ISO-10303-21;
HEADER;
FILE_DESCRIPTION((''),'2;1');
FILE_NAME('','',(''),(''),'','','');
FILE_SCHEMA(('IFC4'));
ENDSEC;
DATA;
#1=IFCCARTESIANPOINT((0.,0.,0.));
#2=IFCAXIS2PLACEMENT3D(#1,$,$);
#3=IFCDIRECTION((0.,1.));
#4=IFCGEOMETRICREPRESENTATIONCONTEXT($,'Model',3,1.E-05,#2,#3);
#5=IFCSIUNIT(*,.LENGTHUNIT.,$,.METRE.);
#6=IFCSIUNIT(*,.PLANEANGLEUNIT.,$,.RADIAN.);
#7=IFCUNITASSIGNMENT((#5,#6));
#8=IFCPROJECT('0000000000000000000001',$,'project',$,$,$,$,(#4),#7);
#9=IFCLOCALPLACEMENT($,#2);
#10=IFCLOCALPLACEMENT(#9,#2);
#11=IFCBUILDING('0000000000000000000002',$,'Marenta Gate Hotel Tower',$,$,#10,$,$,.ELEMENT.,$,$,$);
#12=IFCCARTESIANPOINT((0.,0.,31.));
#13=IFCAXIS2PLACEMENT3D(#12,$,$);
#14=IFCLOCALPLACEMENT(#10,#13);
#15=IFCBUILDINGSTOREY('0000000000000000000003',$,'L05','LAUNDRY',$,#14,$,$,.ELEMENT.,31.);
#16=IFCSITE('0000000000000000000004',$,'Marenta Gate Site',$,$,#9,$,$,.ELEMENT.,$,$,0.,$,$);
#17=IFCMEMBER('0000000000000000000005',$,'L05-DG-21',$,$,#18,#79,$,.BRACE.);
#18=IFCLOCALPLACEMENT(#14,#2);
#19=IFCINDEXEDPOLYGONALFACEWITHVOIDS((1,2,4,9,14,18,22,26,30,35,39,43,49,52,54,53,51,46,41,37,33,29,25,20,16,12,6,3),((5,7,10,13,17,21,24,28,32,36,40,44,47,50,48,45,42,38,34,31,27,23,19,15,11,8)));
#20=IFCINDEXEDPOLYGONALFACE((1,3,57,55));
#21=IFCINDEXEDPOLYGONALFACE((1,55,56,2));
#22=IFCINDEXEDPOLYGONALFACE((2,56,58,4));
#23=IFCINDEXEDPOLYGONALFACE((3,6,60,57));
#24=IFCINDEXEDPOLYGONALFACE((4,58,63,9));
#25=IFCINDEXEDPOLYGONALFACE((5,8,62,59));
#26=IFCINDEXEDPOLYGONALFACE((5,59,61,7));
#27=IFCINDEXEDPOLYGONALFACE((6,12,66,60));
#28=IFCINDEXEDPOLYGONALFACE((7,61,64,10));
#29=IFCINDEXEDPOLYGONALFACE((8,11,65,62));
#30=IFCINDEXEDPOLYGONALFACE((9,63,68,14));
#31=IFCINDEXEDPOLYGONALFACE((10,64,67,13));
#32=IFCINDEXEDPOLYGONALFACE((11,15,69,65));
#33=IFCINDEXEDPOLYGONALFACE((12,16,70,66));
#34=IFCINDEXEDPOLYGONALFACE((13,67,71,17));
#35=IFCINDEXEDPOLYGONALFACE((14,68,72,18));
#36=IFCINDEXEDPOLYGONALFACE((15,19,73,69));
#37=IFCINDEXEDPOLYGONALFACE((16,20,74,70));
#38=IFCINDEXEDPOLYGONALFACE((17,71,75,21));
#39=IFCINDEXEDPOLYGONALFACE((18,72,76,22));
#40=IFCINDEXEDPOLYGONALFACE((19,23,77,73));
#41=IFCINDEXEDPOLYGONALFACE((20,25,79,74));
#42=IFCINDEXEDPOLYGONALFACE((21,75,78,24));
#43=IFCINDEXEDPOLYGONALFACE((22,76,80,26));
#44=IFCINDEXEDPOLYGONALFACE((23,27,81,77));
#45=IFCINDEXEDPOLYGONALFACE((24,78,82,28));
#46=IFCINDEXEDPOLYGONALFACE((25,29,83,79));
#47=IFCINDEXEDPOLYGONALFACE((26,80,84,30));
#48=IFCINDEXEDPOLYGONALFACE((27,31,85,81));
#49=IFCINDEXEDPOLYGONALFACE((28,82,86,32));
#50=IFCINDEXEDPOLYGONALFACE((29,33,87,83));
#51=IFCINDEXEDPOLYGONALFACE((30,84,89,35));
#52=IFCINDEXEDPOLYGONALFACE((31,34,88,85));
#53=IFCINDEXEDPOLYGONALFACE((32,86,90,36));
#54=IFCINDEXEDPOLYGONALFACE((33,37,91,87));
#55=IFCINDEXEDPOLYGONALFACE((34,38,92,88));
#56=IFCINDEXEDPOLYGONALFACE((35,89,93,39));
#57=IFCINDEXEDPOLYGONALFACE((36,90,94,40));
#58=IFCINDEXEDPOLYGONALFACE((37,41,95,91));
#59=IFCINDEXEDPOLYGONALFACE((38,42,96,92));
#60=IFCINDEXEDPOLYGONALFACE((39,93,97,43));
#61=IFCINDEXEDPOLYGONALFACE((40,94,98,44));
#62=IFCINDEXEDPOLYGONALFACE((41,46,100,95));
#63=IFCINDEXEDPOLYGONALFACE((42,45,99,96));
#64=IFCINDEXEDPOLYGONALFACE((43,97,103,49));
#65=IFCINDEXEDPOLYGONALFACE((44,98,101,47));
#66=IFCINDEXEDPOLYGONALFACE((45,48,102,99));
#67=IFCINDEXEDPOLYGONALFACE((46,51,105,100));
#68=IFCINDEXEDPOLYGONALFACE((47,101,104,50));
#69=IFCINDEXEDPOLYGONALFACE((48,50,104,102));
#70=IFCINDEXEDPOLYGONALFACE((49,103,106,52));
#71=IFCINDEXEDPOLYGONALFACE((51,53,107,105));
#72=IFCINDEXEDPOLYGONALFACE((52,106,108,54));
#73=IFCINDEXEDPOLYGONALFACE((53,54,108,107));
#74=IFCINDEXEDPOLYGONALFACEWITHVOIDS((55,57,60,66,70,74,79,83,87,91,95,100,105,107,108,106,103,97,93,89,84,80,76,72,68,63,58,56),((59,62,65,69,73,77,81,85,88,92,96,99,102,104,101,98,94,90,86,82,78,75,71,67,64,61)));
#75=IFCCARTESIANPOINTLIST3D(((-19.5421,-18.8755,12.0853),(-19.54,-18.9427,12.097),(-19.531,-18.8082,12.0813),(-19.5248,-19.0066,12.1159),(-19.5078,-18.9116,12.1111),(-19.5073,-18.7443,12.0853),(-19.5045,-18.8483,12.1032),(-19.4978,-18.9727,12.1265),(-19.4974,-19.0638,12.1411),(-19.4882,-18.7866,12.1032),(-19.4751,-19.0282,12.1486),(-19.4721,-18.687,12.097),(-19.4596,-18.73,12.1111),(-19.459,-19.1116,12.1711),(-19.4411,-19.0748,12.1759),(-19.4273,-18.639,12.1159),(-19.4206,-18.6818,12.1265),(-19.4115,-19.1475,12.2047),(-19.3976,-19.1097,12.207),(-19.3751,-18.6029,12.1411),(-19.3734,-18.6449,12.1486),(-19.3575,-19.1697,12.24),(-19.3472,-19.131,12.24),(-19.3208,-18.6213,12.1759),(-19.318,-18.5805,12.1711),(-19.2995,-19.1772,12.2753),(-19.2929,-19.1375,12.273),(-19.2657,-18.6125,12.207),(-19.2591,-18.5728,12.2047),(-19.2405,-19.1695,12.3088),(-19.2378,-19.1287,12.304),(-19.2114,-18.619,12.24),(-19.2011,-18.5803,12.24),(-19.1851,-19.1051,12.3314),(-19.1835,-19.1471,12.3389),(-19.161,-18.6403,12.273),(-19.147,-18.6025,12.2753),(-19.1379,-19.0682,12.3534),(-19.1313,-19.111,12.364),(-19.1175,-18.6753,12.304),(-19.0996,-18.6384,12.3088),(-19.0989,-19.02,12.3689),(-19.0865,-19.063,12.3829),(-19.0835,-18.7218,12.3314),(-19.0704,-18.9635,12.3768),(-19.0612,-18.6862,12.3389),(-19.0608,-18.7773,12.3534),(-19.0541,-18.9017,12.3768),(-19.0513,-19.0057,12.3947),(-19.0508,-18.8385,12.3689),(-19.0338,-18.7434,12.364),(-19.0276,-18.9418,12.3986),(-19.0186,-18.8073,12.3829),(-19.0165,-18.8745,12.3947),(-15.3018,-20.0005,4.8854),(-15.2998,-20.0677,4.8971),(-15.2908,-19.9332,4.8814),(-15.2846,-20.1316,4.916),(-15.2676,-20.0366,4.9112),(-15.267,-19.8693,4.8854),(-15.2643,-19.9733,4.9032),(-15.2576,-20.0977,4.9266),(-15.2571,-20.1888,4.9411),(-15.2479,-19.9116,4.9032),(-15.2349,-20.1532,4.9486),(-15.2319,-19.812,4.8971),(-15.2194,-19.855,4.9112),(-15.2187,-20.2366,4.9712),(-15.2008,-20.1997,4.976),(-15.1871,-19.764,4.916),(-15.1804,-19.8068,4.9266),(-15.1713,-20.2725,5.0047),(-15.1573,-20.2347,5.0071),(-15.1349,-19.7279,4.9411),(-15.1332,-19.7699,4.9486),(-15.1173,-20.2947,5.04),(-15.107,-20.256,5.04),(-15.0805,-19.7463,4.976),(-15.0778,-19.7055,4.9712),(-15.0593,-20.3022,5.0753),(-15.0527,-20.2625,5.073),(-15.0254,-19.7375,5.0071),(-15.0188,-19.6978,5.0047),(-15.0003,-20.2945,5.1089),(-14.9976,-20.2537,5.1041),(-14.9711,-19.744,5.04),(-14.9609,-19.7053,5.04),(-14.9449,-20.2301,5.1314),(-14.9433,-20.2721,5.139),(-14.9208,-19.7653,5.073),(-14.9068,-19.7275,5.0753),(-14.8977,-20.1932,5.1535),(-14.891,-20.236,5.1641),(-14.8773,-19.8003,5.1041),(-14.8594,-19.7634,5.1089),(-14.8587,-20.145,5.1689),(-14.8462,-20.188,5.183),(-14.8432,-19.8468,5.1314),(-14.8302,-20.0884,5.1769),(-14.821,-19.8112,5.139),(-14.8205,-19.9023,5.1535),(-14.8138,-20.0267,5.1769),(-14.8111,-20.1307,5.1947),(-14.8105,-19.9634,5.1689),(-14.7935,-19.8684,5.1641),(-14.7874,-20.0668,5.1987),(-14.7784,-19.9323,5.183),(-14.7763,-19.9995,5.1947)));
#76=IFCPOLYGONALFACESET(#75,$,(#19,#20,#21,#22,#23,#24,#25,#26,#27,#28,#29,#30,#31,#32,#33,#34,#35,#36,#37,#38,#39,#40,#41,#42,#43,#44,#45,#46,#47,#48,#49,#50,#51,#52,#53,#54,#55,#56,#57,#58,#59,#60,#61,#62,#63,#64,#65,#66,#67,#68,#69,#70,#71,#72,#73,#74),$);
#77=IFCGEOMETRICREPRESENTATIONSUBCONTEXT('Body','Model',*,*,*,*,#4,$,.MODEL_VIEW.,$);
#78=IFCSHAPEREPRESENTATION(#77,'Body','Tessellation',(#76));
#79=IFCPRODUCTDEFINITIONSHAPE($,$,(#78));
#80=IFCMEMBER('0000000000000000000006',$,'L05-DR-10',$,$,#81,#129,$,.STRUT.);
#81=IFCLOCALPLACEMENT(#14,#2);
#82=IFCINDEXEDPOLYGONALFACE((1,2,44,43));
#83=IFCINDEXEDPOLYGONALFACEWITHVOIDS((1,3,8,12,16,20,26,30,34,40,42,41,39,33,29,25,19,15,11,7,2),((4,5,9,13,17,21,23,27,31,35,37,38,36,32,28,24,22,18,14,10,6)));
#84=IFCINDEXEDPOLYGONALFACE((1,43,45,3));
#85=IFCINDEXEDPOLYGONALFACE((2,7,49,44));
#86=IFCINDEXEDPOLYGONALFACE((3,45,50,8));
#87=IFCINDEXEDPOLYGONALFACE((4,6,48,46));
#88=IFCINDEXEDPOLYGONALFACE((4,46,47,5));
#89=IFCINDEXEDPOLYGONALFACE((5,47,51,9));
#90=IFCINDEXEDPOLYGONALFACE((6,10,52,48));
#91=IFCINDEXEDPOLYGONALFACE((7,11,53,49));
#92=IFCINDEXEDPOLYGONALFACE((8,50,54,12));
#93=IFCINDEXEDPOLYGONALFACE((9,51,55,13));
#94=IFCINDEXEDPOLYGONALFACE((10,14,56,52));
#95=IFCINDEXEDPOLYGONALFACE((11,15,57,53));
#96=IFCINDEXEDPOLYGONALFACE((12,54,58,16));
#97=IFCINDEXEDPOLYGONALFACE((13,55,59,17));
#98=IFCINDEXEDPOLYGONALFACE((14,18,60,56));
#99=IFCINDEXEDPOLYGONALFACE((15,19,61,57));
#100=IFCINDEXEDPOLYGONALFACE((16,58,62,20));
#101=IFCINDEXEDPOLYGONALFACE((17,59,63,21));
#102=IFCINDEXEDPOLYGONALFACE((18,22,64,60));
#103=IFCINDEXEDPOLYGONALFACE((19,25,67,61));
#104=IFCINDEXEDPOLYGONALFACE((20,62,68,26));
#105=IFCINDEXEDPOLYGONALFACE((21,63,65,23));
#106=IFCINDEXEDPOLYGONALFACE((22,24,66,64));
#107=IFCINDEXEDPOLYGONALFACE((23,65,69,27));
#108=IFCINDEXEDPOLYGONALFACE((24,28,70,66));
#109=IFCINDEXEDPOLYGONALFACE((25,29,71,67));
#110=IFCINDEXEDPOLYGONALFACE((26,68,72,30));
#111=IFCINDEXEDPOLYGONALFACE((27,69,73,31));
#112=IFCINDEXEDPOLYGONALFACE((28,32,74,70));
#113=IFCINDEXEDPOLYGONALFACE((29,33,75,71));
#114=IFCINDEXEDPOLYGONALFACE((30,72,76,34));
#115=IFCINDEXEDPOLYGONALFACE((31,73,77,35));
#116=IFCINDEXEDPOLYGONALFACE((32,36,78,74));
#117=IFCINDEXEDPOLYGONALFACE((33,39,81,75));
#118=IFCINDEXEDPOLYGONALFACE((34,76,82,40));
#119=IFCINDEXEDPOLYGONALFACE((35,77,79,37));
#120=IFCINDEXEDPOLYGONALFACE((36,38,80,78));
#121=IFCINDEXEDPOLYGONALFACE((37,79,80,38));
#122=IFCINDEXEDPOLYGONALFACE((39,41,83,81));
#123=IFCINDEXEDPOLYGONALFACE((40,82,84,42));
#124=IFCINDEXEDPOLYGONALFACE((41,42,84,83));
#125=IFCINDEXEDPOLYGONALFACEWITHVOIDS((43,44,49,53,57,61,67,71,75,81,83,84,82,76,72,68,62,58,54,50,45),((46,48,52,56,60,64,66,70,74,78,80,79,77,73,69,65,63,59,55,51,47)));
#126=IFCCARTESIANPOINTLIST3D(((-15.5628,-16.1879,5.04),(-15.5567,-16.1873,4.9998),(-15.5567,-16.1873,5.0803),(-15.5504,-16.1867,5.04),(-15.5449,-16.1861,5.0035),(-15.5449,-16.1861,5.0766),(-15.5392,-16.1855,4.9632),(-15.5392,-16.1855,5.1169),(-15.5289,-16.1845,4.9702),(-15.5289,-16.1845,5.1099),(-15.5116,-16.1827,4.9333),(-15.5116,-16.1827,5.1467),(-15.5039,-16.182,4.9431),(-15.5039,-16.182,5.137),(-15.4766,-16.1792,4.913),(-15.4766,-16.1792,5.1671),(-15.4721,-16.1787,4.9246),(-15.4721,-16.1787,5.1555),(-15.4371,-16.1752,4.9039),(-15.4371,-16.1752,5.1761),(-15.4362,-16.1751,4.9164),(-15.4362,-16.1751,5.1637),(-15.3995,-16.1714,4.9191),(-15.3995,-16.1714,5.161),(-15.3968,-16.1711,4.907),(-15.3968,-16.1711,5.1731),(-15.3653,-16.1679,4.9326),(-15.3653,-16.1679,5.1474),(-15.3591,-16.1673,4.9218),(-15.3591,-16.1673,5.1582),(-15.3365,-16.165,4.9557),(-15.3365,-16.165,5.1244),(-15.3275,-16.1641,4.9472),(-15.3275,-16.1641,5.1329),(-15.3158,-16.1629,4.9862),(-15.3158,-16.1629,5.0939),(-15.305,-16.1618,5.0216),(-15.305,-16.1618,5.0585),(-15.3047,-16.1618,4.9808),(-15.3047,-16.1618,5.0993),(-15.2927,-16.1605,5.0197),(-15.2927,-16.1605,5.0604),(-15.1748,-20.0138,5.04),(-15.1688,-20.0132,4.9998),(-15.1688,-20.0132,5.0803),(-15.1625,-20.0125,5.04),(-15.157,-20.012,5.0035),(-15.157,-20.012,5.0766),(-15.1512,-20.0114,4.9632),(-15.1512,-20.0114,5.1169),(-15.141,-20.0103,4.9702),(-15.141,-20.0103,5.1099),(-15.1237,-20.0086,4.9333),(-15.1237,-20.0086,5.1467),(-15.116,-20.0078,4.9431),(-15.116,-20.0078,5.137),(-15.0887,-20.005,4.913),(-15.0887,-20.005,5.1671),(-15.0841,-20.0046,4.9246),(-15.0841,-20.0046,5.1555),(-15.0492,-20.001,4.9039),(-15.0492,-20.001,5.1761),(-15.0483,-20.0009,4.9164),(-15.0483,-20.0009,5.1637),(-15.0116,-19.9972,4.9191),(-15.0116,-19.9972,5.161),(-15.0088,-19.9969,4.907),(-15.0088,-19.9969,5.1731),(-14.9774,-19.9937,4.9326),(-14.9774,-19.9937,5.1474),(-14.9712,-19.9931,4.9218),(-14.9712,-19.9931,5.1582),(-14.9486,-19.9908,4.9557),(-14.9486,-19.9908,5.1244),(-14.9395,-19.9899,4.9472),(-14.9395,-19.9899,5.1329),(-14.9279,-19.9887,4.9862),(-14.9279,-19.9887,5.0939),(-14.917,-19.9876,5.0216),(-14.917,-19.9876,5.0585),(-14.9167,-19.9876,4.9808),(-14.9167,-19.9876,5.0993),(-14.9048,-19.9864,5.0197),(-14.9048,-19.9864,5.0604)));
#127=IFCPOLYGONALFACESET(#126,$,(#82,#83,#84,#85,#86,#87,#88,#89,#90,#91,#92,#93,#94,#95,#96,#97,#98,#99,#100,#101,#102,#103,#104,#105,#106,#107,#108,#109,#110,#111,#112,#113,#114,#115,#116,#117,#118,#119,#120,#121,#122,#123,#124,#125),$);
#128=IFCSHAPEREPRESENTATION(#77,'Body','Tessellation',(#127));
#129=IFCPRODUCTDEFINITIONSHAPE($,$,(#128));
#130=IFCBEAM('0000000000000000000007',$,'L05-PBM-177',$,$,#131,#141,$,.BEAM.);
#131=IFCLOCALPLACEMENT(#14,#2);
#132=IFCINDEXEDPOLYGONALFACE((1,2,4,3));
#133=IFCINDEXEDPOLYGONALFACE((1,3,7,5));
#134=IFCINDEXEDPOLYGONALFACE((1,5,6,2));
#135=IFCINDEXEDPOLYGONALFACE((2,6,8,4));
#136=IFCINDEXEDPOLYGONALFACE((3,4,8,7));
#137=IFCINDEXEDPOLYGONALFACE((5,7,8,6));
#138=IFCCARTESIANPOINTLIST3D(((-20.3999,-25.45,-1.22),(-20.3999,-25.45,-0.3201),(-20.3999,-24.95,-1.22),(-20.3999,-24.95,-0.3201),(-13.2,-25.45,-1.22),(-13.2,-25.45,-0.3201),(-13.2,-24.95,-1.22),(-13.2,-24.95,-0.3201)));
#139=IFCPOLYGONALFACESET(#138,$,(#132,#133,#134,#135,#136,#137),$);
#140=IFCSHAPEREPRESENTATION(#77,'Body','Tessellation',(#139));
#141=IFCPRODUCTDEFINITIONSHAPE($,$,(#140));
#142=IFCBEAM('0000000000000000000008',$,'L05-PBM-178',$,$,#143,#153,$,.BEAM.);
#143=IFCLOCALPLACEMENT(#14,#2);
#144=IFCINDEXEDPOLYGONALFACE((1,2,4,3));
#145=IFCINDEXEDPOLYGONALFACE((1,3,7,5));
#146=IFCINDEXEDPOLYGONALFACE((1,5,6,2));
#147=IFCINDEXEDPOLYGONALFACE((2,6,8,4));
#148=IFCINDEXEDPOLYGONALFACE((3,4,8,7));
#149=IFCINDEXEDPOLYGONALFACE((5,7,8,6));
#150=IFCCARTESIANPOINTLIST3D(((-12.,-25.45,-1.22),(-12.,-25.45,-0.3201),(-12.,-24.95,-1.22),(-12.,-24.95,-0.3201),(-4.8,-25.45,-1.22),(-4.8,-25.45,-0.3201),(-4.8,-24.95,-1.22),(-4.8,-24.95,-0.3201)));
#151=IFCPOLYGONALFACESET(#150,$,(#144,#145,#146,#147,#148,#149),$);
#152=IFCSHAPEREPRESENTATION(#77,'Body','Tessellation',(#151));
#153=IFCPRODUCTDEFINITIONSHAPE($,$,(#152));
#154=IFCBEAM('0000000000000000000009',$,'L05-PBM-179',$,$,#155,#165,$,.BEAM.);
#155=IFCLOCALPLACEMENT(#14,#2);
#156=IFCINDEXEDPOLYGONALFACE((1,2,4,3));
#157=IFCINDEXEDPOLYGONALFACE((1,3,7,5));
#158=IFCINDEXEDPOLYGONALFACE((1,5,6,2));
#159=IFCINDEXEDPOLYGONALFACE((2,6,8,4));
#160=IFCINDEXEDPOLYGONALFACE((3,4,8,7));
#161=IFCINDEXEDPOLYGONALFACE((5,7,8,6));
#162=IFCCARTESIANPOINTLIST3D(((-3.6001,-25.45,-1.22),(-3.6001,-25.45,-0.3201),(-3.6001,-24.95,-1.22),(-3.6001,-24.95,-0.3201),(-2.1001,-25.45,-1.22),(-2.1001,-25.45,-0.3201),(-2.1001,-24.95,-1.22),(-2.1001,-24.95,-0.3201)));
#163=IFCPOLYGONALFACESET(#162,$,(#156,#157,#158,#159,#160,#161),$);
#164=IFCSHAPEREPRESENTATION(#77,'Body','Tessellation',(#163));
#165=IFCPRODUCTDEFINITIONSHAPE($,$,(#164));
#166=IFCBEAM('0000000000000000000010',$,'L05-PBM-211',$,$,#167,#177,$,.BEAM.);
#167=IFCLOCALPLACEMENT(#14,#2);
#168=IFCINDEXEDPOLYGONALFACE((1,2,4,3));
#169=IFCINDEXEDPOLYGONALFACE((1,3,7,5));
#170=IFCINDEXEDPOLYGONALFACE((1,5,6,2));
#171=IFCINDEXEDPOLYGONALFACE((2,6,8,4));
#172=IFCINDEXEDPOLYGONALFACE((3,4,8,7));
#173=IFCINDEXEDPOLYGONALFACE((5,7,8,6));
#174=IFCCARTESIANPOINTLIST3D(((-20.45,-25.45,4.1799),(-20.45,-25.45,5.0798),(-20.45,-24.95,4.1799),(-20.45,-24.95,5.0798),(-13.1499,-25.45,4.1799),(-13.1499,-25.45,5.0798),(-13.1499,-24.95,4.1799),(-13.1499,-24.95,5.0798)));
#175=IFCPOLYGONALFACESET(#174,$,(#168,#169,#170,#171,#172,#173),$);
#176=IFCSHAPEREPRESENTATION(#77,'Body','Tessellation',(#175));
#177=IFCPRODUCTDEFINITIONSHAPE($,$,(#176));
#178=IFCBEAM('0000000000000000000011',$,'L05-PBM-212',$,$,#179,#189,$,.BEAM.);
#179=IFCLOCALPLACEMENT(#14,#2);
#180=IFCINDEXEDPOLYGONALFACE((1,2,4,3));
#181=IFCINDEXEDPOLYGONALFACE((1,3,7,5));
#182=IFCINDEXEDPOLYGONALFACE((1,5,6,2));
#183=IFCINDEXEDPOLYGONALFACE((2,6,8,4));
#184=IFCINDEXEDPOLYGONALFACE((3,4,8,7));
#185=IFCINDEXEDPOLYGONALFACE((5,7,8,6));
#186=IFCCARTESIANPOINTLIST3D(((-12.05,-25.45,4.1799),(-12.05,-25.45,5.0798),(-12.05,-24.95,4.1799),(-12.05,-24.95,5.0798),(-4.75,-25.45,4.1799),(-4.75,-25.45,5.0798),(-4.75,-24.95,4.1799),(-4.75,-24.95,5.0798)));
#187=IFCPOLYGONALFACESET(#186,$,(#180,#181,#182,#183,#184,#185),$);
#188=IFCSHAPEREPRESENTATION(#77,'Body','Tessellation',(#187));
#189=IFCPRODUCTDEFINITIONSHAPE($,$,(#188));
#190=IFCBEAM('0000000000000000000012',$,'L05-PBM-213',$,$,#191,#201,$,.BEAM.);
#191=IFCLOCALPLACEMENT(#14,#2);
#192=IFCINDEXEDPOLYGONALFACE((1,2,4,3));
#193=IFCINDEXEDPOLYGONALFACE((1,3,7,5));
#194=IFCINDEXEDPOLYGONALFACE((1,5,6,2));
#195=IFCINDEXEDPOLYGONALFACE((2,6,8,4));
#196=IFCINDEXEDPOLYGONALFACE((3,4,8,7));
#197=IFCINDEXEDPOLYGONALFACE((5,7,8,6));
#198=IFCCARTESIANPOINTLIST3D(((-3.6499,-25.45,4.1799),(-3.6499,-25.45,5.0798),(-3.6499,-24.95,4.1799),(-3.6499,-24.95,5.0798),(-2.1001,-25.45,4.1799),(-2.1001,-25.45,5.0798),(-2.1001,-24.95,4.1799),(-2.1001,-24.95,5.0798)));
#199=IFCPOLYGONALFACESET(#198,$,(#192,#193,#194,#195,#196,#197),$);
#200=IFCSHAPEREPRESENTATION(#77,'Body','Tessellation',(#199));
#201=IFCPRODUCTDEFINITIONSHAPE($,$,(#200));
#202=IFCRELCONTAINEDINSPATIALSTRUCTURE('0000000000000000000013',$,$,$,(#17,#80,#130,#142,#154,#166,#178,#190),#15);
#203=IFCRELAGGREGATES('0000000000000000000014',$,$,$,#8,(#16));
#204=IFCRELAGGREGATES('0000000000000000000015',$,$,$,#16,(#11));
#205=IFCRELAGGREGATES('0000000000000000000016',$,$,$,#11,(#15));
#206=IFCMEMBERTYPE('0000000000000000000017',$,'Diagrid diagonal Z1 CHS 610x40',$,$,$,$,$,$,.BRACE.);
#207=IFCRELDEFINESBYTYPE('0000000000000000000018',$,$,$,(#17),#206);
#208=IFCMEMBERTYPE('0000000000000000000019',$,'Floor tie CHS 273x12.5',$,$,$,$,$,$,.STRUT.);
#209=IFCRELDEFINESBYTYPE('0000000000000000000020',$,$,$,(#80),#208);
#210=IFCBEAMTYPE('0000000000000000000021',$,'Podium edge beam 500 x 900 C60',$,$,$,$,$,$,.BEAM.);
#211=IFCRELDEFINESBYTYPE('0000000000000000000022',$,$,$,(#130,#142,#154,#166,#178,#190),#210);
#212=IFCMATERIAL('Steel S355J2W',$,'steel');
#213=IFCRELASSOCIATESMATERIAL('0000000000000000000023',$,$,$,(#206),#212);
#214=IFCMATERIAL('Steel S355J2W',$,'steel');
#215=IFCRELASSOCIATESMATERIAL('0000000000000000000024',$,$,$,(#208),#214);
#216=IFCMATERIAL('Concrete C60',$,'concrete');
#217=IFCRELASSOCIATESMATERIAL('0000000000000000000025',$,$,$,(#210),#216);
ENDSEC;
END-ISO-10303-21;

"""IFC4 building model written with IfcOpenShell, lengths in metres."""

from ifc_helpers import new_model, si_unit, direction, frame, origin, origin_2d, place, context, subcontext, project, spatial, rectangle, hollow_circle, extrude, material, material_profile, profile_set, type_object, element, save


model = new_model("IFC4")

# Units and contexts
model_context = context("Model", 3, precision=1e-05, world=origin(), true_north=direction((0.0, 1.0)))
body_context = subcontext(model_context, "Body", "Model", "MODEL_VIEW")
ifc_project = project(units=[si_unit("LENGTHUNIT", "METRE"), si_unit("PLANEANGLEUNIT", "RADIAN")], contexts=[model_context])

# Site, building, storey
site_placement = place(None, origin())
site = spatial("IfcSite", under=ifc_project, at=site_placement, Name="Marenta Gate Site", CompositionType="ELEMENT", RefElevation=0.0)
building_placement = place(site_placement, origin())
building = spatial("IfcBuilding", under=site, at=building_placement, Name="Marenta Gate Hotel Tower", CompositionType="ELEMENT")
storey_placement = place(building_placement, frame((0.0, 0.0, 31.0)))
storey = spatial("IfcBuildingStorey", under=building, at=storey_placement, Name="L05", Description="LAUNDRY", CompositionType="ELEMENT", Elevation=31.0)

# Members
ifc_material_1 = material(Name="Steel S355J2W", Category="steel")
ifc_material_profile_1 = material_profile(ifc_material_1, hollow_circle(Radius=0.3049, WallThickness=0.04, at=origin_2d()), Name="CHS 610x40")
ifc_profile_set_1 = profile_set([ifc_material_profile_1], Name="Steel S355J2W")
member_type_1 = type_object("IfcMemberType", Name="Diagrid diagonal Z1 CHS 610x40", PredefinedType="BRACE", material=ifc_profile_set_1)
member_1_placement = place(storey_placement, frame((-15.0391, -20.0, 5.04), z_axis=(-0.502924, 0.133434, 0.853969), x_axis=(-0.256443, -0.966559, 0.0)))
element("IfcMember", 1, at=member_1_placement, inside=storey, type_object=member_type_1, Name="L05-DG-21", PredefinedType="BRACE", context=body_context, shape_type="SweptSolid", body=[
    extrude(hollow_circle(Radius=0.3049, WallThickness=0.04, at=origin_2d()), origin(), (0.0, 0.0, 1.0), 8.4312),
])
ifc_material_2 = material(Name="Steel S355J2W", Category="steel")
ifc_material_profile_2 = material_profile(ifc_material_2, hollow_circle(Radius=0.1365, WallThickness=0.0125, at=origin_2d()), Name="CHS 273x12.5")
ifc_profile_set_2 = profile_set([ifc_material_profile_2], Name="Steel S355J2W")
member_type_2 = type_object("IfcMemberType", Name="Floor tie CHS 273x12.5", PredefinedType="STRUT", material=ifc_profile_set_2)
member_2_placement = place(storey_placement, frame((-15.0391, -20.0, 5.04), z_axis=(-0.10088, 0.994899, 0.0), x_axis=(-0.994899, -0.10088, 0.0)))
element("IfcMember", 2, at=member_2_placement, inside=storey, type_object=member_type_2, Name="L05-DR-10", PredefinedType="STRUT", context=body_context, shape_type="SweptSolid", body=[
    extrude(hollow_circle(Radius=0.1365, WallThickness=0.0125, at=origin_2d()), origin(), (0.0, 0.0, 1.0), 3.8455),
])

# Beams
ifc_material_3 = material(Name="Concrete C60", Category="concrete")
ifc_material_profile_3 = material_profile(ifc_material_3, rectangle(XDim=0.5, YDim=0.8999, at=origin_2d()), Name="500 x 900")
ifc_profile_set_3 = profile_set([ifc_material_profile_3], Name="Concrete C60")
beam_type_1 = type_object("IfcBeamType", Name="Podium edge beam 500 x 900 C60", PredefinedType="BEAM", material=ifc_profile_set_3)
for number, where, z_axis, x_axis, name in (
    (3, (-20.3999, -25.2, -0.77), (1.0, 0.0, 0.0), (0.0, 1.0, 0.0), "L05-PBM-177"),
    (4, (-12.0, -25.2, -0.77), (1.0, 0.0, 0.0), (0.0, 1.0, 0.0), "L05-PBM-178"),
):
    element("IfcBeam", number, at=place(storey_placement, frame(where, z_axis=z_axis, x_axis=x_axis)), inside=storey, type_object=beam_type_1, Name=name, PredefinedType="BEAM", context=body_context, shape_type="SweptSolid", body=[
        extrude(rectangle(XDim=0.5, YDim=0.8999, at=origin_2d()), origin(), (0.0, 0.0, 1.0), 7.2),
    ])
beam_1_placement = place(storey_placement, frame((-3.6001, -25.2, -0.77), z_axis=(1.0, 0.0, 0.0), x_axis=(0.0, 1.0, 0.0)))
element("IfcBeam", 5, at=beam_1_placement, inside=storey, type_object=beam_type_1, Name="L05-PBM-179", PredefinedType="BEAM", context=body_context, shape_type="SweptSolid", body=[
    extrude(rectangle(XDim=0.5, YDim=0.8999, at=origin_2d()), origin(), (0.0, 0.0, 1.0), 1.5),
])
for number, where, z_axis, x_axis, name in (
    (6, (-20.45, -25.2, 4.6299), (1.0, 0.0, 0.0), (0.0, 1.0, 0.0), "L05-PBM-211"),
    (7, (-12.05, -25.2, 4.6299), (1.0, 0.0, 0.0), (0.0, 1.0, 0.0), "L05-PBM-212"),
):
    element("IfcBeam", number, at=place(storey_placement, frame(where, z_axis=z_axis, x_axis=x_axis)), inside=storey, type_object=beam_type_1, Name=name, PredefinedType="BEAM", context=body_context, shape_type="SweptSolid", body=[
        extrude(rectangle(XDim=0.5, YDim=0.8999, at=origin_2d()), origin(), (0.0, 0.0, 1.0), 7.3),
    ])
beam_2_placement = place(storey_placement, frame((-3.6499, -25.2, 4.6299), z_axis=(1.0, 0.0, 0.0), x_axis=(0.0, 1.0, 0.0)))
element("IfcBeam", 8, at=beam_2_placement, inside=storey, type_object=beam_type_1, Name="L05-PBM-213", PredefinedType="BEAM", context=body_context, shape_type="SweptSolid", body=[
    extrude(rectangle(XDim=0.5, YDim=0.8999, at=origin_2d()), origin(), (0.0, 0.0, 1.0), 1.5498),
])

save(model, "model.ifc")
